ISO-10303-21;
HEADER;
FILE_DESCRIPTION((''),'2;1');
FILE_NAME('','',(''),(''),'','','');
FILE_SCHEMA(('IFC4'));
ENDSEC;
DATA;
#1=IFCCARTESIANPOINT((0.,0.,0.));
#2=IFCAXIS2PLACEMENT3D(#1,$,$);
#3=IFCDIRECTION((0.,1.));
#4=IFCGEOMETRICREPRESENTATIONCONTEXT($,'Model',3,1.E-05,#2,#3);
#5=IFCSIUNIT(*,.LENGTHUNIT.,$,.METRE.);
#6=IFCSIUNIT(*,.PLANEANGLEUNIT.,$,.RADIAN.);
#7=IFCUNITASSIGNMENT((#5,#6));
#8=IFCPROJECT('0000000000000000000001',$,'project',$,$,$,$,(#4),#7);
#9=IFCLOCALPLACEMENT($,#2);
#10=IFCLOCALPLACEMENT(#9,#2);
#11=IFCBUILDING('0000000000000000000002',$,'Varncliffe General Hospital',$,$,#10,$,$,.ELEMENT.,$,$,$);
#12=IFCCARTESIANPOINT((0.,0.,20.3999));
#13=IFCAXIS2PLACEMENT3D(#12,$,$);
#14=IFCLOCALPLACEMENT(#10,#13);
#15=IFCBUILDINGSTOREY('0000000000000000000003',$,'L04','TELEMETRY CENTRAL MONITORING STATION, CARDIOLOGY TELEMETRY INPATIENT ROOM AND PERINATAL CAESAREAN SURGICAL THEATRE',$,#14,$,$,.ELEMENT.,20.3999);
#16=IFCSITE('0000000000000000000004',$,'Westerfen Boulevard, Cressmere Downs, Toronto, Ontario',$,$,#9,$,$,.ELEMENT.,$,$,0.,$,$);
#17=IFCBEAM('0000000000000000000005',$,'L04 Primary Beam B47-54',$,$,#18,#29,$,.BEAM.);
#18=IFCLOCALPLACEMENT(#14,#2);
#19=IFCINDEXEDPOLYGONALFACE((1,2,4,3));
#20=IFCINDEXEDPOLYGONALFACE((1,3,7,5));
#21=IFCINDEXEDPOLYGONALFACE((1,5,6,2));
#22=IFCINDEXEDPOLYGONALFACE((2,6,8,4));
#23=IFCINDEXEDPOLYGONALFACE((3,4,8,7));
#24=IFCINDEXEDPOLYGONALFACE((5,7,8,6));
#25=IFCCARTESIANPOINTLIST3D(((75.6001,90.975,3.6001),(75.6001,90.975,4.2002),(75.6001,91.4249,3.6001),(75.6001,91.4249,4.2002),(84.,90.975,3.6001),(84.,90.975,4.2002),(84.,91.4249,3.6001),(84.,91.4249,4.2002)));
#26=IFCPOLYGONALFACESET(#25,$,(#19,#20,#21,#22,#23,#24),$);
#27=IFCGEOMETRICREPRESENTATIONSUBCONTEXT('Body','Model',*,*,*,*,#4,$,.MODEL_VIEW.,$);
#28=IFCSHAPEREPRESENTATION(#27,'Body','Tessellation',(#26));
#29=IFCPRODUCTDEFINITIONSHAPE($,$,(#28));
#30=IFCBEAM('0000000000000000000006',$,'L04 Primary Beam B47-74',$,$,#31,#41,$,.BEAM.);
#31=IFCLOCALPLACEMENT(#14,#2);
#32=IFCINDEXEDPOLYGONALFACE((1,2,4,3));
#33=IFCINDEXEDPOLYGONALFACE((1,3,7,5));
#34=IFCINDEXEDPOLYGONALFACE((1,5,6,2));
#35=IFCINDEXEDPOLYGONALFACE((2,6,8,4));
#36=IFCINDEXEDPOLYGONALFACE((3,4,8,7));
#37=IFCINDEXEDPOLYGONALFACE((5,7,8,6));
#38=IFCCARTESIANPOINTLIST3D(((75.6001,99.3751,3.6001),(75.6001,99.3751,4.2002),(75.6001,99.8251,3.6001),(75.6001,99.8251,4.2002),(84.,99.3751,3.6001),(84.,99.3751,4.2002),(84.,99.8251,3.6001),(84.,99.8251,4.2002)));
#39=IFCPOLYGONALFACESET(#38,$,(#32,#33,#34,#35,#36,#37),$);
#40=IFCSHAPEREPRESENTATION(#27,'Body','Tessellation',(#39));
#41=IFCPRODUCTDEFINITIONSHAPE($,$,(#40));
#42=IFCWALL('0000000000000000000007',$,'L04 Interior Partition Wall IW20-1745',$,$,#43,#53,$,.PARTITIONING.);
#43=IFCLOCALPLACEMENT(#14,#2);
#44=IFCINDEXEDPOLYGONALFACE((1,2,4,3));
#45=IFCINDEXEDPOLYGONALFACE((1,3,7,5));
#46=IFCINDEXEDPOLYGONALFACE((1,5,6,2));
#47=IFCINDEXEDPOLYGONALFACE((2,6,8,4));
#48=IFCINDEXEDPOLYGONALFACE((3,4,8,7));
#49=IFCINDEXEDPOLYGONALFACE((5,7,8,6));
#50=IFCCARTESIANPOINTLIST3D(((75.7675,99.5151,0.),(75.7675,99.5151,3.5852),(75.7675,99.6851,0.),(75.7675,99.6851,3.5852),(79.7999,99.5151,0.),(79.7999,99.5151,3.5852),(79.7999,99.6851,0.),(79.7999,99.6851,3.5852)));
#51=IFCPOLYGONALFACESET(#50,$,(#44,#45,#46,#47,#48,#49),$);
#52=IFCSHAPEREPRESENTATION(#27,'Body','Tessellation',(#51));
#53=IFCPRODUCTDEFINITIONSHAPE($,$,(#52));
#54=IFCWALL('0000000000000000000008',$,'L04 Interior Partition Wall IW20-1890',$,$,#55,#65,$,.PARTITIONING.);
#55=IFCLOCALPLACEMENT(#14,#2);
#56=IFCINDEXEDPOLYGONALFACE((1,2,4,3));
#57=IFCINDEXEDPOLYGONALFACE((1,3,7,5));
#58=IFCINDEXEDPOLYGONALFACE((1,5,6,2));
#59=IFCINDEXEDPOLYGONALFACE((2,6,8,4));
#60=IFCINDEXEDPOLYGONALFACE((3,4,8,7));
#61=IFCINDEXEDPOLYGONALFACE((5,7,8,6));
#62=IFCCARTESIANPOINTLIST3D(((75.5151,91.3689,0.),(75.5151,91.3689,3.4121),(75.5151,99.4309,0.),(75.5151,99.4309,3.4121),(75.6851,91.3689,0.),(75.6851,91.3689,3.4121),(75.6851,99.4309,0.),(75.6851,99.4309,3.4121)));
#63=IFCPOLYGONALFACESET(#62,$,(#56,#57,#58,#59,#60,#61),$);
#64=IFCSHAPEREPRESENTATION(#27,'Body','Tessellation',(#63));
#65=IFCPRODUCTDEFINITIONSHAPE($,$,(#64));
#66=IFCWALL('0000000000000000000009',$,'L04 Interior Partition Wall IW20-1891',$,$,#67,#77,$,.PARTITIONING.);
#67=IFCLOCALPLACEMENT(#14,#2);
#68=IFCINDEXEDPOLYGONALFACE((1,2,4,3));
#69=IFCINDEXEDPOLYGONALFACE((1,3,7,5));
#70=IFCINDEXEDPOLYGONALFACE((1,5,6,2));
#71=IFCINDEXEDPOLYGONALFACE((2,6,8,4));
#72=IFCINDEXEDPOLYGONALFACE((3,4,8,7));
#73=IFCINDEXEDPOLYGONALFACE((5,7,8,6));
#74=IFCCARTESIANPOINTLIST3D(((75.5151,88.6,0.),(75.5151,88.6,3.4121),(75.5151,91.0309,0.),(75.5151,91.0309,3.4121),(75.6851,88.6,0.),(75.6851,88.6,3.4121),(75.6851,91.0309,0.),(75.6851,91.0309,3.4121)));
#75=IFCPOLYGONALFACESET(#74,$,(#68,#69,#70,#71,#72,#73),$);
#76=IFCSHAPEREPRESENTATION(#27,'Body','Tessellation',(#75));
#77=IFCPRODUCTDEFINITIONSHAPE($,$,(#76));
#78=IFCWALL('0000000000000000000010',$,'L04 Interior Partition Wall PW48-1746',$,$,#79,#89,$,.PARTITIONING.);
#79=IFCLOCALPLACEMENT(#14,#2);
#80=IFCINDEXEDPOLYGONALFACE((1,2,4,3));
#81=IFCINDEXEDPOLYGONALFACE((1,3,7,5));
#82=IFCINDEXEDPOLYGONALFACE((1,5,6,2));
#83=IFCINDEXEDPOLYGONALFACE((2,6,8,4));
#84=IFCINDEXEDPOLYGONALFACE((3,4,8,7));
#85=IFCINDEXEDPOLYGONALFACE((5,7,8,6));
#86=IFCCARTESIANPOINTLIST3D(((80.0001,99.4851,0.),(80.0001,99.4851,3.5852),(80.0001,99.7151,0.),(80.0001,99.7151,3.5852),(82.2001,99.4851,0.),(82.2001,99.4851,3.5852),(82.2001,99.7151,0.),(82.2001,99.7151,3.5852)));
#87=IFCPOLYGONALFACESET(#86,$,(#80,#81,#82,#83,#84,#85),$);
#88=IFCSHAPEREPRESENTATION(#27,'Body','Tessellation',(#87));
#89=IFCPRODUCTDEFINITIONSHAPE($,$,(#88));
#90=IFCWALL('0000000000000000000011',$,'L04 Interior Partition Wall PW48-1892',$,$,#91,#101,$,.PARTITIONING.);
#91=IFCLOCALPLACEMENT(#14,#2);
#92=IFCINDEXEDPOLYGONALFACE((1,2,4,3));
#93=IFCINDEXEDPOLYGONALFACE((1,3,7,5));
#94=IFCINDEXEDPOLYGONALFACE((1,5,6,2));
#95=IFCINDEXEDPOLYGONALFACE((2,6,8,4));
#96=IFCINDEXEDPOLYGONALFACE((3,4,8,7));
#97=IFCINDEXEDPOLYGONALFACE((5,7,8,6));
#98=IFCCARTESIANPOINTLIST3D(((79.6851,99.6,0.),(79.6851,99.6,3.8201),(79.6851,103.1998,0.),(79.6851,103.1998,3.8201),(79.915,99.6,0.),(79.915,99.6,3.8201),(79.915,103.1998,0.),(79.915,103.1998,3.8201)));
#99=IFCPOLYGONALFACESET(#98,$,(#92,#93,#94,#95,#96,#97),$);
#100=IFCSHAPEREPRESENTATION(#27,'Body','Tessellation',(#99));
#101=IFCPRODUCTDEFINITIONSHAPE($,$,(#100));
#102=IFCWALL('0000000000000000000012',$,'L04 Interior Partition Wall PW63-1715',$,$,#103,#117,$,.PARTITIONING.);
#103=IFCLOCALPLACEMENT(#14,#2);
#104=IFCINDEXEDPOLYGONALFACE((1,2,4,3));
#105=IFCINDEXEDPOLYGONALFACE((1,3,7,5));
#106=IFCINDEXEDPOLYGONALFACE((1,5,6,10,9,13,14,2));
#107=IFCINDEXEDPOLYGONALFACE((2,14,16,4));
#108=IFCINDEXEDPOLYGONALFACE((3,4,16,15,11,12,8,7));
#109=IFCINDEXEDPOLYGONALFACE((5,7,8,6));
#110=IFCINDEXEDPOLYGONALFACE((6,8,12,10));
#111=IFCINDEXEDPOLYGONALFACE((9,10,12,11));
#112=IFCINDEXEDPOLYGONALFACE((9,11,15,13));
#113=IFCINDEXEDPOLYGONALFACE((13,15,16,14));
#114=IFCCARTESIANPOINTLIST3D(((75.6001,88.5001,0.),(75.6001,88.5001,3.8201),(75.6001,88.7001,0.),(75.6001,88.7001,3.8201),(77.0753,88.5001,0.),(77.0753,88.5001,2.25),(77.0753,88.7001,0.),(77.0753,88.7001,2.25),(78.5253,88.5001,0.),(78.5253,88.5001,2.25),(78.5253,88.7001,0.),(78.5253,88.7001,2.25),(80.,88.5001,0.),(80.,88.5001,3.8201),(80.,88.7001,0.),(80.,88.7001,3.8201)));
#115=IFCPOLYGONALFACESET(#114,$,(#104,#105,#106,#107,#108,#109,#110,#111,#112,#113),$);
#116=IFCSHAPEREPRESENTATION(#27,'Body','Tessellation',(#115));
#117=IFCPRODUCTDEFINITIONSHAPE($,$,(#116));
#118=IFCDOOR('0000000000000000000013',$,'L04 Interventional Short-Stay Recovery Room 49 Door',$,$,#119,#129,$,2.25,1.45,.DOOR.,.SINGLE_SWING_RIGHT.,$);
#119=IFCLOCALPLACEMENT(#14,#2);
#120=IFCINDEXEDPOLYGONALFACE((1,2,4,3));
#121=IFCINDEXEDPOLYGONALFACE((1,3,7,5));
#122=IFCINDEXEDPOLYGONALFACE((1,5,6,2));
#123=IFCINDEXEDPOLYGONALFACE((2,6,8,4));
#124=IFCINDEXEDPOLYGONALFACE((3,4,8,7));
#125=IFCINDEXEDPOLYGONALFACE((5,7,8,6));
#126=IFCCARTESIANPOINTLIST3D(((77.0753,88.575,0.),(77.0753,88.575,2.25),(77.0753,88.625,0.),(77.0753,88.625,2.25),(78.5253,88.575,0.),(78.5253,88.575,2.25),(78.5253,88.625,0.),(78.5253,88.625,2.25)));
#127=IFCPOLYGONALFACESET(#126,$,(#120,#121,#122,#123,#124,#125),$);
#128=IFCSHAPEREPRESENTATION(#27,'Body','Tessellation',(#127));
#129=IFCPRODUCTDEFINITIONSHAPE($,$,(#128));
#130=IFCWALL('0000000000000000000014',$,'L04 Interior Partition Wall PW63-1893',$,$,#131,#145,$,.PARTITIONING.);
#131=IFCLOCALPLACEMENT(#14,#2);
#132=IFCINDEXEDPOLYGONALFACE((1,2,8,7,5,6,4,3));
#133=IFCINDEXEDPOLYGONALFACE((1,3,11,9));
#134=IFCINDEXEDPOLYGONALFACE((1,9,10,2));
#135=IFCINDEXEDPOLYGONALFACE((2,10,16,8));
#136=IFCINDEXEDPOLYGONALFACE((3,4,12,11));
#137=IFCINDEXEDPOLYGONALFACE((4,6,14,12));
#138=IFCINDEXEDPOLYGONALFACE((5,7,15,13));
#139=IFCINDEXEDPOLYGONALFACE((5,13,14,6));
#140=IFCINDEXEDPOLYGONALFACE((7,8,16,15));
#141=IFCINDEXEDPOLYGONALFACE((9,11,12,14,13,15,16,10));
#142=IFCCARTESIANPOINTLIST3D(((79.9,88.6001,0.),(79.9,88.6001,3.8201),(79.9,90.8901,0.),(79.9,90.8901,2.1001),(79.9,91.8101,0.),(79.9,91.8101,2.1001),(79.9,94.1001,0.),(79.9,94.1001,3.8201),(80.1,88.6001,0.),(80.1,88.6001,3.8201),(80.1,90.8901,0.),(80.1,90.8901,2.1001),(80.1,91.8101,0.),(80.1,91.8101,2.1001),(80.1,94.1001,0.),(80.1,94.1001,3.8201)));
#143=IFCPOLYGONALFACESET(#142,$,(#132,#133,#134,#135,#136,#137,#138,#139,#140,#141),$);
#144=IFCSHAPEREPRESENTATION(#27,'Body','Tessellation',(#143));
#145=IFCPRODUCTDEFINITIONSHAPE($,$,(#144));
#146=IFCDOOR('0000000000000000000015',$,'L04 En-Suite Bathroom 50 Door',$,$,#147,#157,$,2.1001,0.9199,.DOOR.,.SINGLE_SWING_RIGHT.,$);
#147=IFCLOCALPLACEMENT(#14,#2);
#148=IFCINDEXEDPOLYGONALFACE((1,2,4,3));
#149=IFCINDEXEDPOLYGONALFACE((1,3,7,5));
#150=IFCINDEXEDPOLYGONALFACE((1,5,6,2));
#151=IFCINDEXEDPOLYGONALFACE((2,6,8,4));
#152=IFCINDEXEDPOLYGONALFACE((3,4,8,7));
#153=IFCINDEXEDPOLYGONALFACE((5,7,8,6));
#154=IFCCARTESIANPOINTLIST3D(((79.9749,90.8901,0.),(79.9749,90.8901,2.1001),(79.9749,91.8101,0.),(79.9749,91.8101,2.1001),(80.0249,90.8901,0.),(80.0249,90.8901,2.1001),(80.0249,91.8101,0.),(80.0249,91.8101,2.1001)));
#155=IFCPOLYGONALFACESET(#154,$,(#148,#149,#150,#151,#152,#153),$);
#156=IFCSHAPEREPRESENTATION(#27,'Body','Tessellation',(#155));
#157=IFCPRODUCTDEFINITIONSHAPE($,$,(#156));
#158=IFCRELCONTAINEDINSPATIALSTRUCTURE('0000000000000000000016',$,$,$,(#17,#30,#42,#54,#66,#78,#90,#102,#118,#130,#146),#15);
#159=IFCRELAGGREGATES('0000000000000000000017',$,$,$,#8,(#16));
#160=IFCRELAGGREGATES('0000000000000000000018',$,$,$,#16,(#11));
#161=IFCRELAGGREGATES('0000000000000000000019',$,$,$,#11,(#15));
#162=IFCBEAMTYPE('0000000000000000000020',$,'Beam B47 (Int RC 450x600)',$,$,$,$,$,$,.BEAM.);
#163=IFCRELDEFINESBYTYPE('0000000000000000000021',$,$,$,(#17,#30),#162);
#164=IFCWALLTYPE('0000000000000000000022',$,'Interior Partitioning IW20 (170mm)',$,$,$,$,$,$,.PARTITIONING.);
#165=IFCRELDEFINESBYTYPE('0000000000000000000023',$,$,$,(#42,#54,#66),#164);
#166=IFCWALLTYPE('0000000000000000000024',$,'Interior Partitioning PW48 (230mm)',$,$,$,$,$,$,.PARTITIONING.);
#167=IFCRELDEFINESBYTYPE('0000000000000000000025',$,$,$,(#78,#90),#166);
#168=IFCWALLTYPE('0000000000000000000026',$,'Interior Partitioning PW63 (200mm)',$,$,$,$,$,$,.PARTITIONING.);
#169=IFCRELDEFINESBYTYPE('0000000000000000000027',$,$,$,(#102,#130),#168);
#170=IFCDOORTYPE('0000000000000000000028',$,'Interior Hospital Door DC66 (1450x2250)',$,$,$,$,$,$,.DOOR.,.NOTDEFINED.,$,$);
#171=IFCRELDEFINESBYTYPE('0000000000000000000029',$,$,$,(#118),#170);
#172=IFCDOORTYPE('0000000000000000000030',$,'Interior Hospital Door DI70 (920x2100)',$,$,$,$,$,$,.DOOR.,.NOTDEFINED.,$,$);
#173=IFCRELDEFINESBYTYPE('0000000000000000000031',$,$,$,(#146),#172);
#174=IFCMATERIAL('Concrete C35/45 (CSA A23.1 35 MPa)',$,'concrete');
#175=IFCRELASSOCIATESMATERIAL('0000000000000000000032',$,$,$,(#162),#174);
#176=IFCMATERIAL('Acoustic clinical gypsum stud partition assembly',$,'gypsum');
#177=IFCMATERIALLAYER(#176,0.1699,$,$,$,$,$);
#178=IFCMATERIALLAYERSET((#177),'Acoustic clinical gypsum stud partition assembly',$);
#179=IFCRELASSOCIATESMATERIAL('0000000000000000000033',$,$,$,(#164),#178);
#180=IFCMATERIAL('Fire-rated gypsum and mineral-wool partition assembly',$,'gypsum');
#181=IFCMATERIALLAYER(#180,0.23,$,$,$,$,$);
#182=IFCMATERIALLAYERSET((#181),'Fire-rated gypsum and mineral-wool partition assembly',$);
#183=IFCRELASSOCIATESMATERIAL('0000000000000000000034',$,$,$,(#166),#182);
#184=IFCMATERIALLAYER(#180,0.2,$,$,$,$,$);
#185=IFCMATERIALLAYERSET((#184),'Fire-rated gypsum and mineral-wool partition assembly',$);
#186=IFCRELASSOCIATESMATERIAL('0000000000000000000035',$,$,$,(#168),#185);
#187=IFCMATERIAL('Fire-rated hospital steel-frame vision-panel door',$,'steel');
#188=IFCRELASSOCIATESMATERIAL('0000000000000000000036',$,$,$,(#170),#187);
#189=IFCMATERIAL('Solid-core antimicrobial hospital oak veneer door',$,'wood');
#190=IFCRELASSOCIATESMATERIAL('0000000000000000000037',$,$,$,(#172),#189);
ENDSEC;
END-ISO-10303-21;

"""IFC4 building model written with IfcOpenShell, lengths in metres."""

from ifc_helpers import new_model, si_unit, direction, frame, frame_2d, origin, origin_2d, place, context, subcontext, project, spatial, rectangle, extrude, material, layer, layer_set, material_profile, profile_set, type_object, element, fill, save


model = new_model("IFC4")

# Units and contexts
model_context = context("Model", 3, precision=1e-05, world=origin(), true_north=direction((0.0, 1.0)))
body_context = subcontext(model_context, "Body", "Model", "MODEL_VIEW")
ifc_project = project(units=[si_unit("LENGTHUNIT", "METRE"), si_unit("PLANEANGLEUNIT", "RADIAN")], contexts=[model_context])

# Site, building, storey
site_placement = place(None, origin())
site = spatial("IfcSite", under=ifc_project, at=site_placement, Name="Westerfen Boulevard, Cressmere Downs, Toronto, Ontario", CompositionType="ELEMENT", RefElevation=0.0)
building_placement = place(site_placement, origin())
building = spatial("IfcBuilding", under=site, at=building_placement, Name="Varncliffe General Hospital", CompositionType="ELEMENT")
storey_placement = place(building_placement, frame((0.0, 0.0, 20.3999)))
storey = spatial("IfcBuildingStorey", under=building, at=storey_placement, Name="L04", Description="TELEMETRY CENTRAL MONITORING STATION, CARDIOLOGY TELEMETRY INPATIENT ROOM AND PERINATAL CAESAREAN SURGICAL THEATRE", CompositionType="ELEMENT", Elevation=20.3999)

# Beams
ifc_material_1 = material(Name="Concrete C35/45 (CSA A23.1 35 MPa)", Category="concrete")
ifc_material_profile_1 = material_profile(ifc_material_1, rectangle(XDim=0.45, YDim=0.6001, at=origin_2d()), Name="RC 450x600")
ifc_profile_set_1 = profile_set([ifc_material_profile_1], Name="Concrete C35/45 (CSA A23.1 35 MPa)")
beam_type_1 = type_object("IfcBeamType", Name="Beam B47 (Int RC 450x600)", PredefinedType="BEAM", material=ifc_profile_set_1)
for number, where, z_axis, x_axis, name in (
    (1, (75.6001, 91.2, 3.9001), (1.0, 0.0, 0.0), (0.0, 1.0, 0.0), "L04 Primary Beam B47-54"),
    (2, (75.6001, 99.6001, 3.9001), (1.0, 0.0, 0.0), (0.0, 1.0, 0.0), "L04 Primary Beam B47-74"),
):
    element("IfcBeam", number, at=place(storey_placement, frame(where, z_axis=z_axis, x_axis=x_axis)), inside=storey, type_object=beam_type_1, Name=name, PredefinedType="BEAM", context=body_context, shape_type="SweptSolid", body=[
        extrude(rectangle(XDim=0.45, YDim=0.6001, at=origin_2d()), origin(), (0.0, 0.0, 1.0), 8.3999),
    ])

# Walls
ifc_material_2 = material(Name="Acoustic clinical gypsum stud partition assembly", Category="gypsum")
ifc_layer_1 = layer(ifc_material_2, 0.1699)
ifc_layer_set_1 = layer_set([ifc_layer_1], Name="Acoustic clinical gypsum stud partition assembly")
wall_type_1 = type_object("IfcWallType", Name="Interior Partitioning IW20 (170mm)", PredefinedType="PARTITIONING", material=ifc_layer_set_1)
wall_1_placement = place(storey_placement, frame((75.7676, 99.6001, 0.0), z_axis=(0.0, 0.0, 1.0), x_axis=(1.0, 0.0, 0.0)))
element("IfcWall", 3, at=wall_1_placement, inside=storey, type_object=wall_type_1, Name="L04 Interior Partition Wall IW20-1745", PredefinedType="PARTITIONING", context=body_context, shape_type="SweptSolid", body=[
    extrude(rectangle(XDim=4.0325, YDim=0.1699, at=frame_2d((2.0161, 0.0))), origin(), (0.0, 0.0, 1.0), 3.5852),
])
wall_2_placement = place(storey_placement, frame((75.6001, 91.3689, 0.0), z_axis=(0.0, 0.0, 1.0), x_axis=(0.0, 1.0, 0.0)))
element("IfcWall", 4, at=wall_2_placement, inside=storey, type_object=wall_type_1, Name="L04 Interior Partition Wall IW20-1890", PredefinedType="PARTITIONING", context=body_context, shape_type="SweptSolid", body=[
    extrude(rectangle(XDim=8.062, YDim=0.1699, at=frame_2d((4.031, 0.0))), origin(), (0.0, 0.0, 1.0), 3.4121),
])
wall_3_placement = place(storey_placement, frame((75.6001, 88.6001, 0.0), z_axis=(0.0, 0.0, 1.0), x_axis=(0.0, 1.0, 0.0)))
element("IfcWall", 5, at=wall_3_placement, inside=storey, type_object=wall_type_1, Name="L04 Interior Partition Wall IW20-1891", PredefinedType="PARTITIONING", context=body_context, shape_type="SweptSolid", body=[
    extrude(rectangle(XDim=2.4309, YDim=0.1699, at=frame_2d((1.2153, 0.0))), origin(), (0.0, 0.0, 1.0), 3.4121),
])
ifc_material_3 = material(Name="Fire-rated gypsum and mineral-wool partition assembly", Category="gypsum")
ifc_layer_2 = layer(ifc_material_3, 0.23)
ifc_layer_set_2 = layer_set([ifc_layer_2], Name="Fire-rated gypsum and mineral-wool partition assembly")
wall_type_2 = type_object("IfcWallType", Name="Interior Partitioning PW48 (230mm)", PredefinedType="PARTITIONING", material=ifc_layer_set_2)
wall_4_placement = place(storey_placement, frame((80.0, 99.6001, 0.0), z_axis=(0.0, 0.0, 1.0), x_axis=(1.0, 0.0, 0.0)))
element("IfcWall", 6, at=wall_4_placement, inside=storey, type_object=wall_type_2, Name="L04 Interior Partition Wall PW48-1746", PredefinedType="PARTITIONING", context=body_context, shape_type="SweptSolid", body=[
    extrude(rectangle(XDim=2.2, YDim=0.23, at=frame_2d((1.1001, 0.0))), origin(), (0.0, 0.0, 1.0), 3.5852),
])
wall_5_placement = place(storey_placement, frame((79.8, 99.6001, 0.0), z_axis=(0.0, 0.0, 1.0), x_axis=(0.0, 1.0, 0.0)))
element("IfcWall", 7, at=wall_5_placement, inside=storey, type_object=wall_type_2, Name="L04 Interior Partition Wall PW48-1892", PredefinedType="PARTITIONING", context=body_context, shape_type="SweptSolid", body=[
    extrude(rectangle(XDim=3.5999, YDim=0.23, at=frame_2d((1.7998, 0.0))), origin(), (0.0, 0.0, 1.0), 3.8201),
])

# Walls, openings, doors
ifc_layer_3 = layer(ifc_material_3, 0.2)
ifc_layer_set_3 = layer_set([ifc_layer_3], Name="Fire-rated gypsum and mineral-wool partition assembly")
wall_type_3 = type_object("IfcWallType", Name="Interior Partitioning PW63 (200mm)", PredefinedType="PARTITIONING", material=ifc_layer_set_3)
wall_6_placement = place(storey_placement, frame((75.6001, 88.6001, 0.0), z_axis=(0.0, 0.0, 1.0), x_axis=(1.0, 0.0, 0.0)))
wall_6 = element("IfcWall", 8, at=wall_6_placement, inside=storey, type_object=wall_type_3, Name="L04 Interior Partition Wall PW63-1715", PredefinedType="PARTITIONING", context=body_context, shape_type="SweptSolid", body=[
    extrude(rectangle(XDim=4.3999, YDim=0.2, at=frame_2d((2.2, 0.0))), origin(), (0.0, 0.0, 1.0), 3.8201),
])
opening_1_placement = place(wall_6_placement, frame((1.4751, 0.0, 0.0)))
opening_1 = element("IfcOpeningElement", 9, at=opening_1_placement, cuts=wall_6, PredefinedType="OPENING", context=body_context, shape_type="SweptSolid", body=[
    extrude(rectangle(XDim=1.45, YDim=2.25, at=frame_2d((0.7251, 1.125))), frame((0.0, 0.1099, 0.0), z_axis=(0.0, -1.0, 0.0), x_axis=(1.0, 0.0, 0.0)), (0.0, 0.0, 1.0), 0.22),
])
ifc_material_4 = material(Name="Fire-rated hospital steel-frame vision-panel door", Category="steel")
door_type_1 = type_object("IfcDoorType", Name="Interior Hospital Door DC66 (1450x2250)", OperationType="NOTDEFINED", PredefinedType="DOOR", material=ifc_material_4)
door_1_placement = place(opening_1_placement, origin())
door_1 = element("IfcDoor", 10, at=door_1_placement, inside=storey, type_object=door_type_1, Name="L04 Interventional Short-Stay Recovery Room 49 Door", OperationType="SINGLE_SWING_RIGHT", OverallHeight=2.25, OverallWidth=1.45, PredefinedType="DOOR", context=body_context, shape_type="SweptSolid", body=[
    extrude(rectangle(XDim=1.45, YDim=2.25, at=frame_2d((0.7251, 1.125))), frame((0.0, 0.0249, 0.0), z_axis=(0.0, -1.0, 0.0), x_axis=(1.0, 0.0, 0.0)), (0.0, 0.0, 1.0), 0.05),
])
fill(opening_1, door_1)
wall_7_placement = place(storey_placement, frame((80.0, 88.6001, 0.0), z_axis=(0.0, 0.0, 1.0), x_axis=(0.0, 1.0, 0.0)))
wall_7 = element("IfcWall", 11, at=wall_7_placement, inside=storey, type_object=wall_type_3, Name="L04 Interior Partition Wall PW63-1893", PredefinedType="PARTITIONING", context=body_context, shape_type="SweptSolid", body=[
    extrude(rectangle(XDim=5.5, YDim=0.2, at=frame_2d((2.75, 0.0))), origin(), (0.0, 0.0, 1.0), 3.8201),
])
opening_2_placement = place(wall_7_placement, frame((2.29, 0.0, 0.0)))
opening_2 = element("IfcOpeningElement", 12, at=opening_2_placement, cuts=wall_7, PredefinedType="OPENING", context=body_context, shape_type="SweptSolid", body=[
    extrude(rectangle(XDim=0.9199, YDim=2.1001, at=frame_2d((0.46, 1.05))), frame((0.0, 0.1099, 0.0), z_axis=(0.0, -1.0, 0.0), x_axis=(1.0, 0.0, 0.0)), (0.0, 0.0, 1.0), 0.22),
])
ifc_material_5 = material(Name="Solid-core antimicrobial hospital oak veneer door", Category="wood")
door_type_2 = type_object("IfcDoorType", Name="Interior Hospital Door DI70 (920x2100)", OperationType="NOTDEFINED", PredefinedType="DOOR", material=ifc_material_5)
door_2_placement = place(opening_2_placement, frame((0.9199, 0.0, 0.0), z_axis=(0.0, 0.0, 1.0), x_axis=(-1.0, 0.0, 0.0)))
door_2 = element("IfcDoor", 13, at=door_2_placement, inside=storey, type_object=door_type_2, Name="L04 En-Suite Bathroom 50 Door", OperationType="SINGLE_SWING_RIGHT", OverallHeight=2.1001, OverallWidth=0.9199, PredefinedType="DOOR", context=body_context, shape_type="SweptSolid", body=[
    extrude(rectangle(XDim=0.9199, YDim=2.1001, at=frame_2d((0.46, 1.05))), frame((0.0, 0.0249, 0.0), z_axis=(0.0, -1.0, 0.0), x_axis=(1.0, 0.0, 0.0)), (0.0, 0.0, 1.0), 0.05),
])
fill(opening_2, door_2)

save(model, "model.ifc")
